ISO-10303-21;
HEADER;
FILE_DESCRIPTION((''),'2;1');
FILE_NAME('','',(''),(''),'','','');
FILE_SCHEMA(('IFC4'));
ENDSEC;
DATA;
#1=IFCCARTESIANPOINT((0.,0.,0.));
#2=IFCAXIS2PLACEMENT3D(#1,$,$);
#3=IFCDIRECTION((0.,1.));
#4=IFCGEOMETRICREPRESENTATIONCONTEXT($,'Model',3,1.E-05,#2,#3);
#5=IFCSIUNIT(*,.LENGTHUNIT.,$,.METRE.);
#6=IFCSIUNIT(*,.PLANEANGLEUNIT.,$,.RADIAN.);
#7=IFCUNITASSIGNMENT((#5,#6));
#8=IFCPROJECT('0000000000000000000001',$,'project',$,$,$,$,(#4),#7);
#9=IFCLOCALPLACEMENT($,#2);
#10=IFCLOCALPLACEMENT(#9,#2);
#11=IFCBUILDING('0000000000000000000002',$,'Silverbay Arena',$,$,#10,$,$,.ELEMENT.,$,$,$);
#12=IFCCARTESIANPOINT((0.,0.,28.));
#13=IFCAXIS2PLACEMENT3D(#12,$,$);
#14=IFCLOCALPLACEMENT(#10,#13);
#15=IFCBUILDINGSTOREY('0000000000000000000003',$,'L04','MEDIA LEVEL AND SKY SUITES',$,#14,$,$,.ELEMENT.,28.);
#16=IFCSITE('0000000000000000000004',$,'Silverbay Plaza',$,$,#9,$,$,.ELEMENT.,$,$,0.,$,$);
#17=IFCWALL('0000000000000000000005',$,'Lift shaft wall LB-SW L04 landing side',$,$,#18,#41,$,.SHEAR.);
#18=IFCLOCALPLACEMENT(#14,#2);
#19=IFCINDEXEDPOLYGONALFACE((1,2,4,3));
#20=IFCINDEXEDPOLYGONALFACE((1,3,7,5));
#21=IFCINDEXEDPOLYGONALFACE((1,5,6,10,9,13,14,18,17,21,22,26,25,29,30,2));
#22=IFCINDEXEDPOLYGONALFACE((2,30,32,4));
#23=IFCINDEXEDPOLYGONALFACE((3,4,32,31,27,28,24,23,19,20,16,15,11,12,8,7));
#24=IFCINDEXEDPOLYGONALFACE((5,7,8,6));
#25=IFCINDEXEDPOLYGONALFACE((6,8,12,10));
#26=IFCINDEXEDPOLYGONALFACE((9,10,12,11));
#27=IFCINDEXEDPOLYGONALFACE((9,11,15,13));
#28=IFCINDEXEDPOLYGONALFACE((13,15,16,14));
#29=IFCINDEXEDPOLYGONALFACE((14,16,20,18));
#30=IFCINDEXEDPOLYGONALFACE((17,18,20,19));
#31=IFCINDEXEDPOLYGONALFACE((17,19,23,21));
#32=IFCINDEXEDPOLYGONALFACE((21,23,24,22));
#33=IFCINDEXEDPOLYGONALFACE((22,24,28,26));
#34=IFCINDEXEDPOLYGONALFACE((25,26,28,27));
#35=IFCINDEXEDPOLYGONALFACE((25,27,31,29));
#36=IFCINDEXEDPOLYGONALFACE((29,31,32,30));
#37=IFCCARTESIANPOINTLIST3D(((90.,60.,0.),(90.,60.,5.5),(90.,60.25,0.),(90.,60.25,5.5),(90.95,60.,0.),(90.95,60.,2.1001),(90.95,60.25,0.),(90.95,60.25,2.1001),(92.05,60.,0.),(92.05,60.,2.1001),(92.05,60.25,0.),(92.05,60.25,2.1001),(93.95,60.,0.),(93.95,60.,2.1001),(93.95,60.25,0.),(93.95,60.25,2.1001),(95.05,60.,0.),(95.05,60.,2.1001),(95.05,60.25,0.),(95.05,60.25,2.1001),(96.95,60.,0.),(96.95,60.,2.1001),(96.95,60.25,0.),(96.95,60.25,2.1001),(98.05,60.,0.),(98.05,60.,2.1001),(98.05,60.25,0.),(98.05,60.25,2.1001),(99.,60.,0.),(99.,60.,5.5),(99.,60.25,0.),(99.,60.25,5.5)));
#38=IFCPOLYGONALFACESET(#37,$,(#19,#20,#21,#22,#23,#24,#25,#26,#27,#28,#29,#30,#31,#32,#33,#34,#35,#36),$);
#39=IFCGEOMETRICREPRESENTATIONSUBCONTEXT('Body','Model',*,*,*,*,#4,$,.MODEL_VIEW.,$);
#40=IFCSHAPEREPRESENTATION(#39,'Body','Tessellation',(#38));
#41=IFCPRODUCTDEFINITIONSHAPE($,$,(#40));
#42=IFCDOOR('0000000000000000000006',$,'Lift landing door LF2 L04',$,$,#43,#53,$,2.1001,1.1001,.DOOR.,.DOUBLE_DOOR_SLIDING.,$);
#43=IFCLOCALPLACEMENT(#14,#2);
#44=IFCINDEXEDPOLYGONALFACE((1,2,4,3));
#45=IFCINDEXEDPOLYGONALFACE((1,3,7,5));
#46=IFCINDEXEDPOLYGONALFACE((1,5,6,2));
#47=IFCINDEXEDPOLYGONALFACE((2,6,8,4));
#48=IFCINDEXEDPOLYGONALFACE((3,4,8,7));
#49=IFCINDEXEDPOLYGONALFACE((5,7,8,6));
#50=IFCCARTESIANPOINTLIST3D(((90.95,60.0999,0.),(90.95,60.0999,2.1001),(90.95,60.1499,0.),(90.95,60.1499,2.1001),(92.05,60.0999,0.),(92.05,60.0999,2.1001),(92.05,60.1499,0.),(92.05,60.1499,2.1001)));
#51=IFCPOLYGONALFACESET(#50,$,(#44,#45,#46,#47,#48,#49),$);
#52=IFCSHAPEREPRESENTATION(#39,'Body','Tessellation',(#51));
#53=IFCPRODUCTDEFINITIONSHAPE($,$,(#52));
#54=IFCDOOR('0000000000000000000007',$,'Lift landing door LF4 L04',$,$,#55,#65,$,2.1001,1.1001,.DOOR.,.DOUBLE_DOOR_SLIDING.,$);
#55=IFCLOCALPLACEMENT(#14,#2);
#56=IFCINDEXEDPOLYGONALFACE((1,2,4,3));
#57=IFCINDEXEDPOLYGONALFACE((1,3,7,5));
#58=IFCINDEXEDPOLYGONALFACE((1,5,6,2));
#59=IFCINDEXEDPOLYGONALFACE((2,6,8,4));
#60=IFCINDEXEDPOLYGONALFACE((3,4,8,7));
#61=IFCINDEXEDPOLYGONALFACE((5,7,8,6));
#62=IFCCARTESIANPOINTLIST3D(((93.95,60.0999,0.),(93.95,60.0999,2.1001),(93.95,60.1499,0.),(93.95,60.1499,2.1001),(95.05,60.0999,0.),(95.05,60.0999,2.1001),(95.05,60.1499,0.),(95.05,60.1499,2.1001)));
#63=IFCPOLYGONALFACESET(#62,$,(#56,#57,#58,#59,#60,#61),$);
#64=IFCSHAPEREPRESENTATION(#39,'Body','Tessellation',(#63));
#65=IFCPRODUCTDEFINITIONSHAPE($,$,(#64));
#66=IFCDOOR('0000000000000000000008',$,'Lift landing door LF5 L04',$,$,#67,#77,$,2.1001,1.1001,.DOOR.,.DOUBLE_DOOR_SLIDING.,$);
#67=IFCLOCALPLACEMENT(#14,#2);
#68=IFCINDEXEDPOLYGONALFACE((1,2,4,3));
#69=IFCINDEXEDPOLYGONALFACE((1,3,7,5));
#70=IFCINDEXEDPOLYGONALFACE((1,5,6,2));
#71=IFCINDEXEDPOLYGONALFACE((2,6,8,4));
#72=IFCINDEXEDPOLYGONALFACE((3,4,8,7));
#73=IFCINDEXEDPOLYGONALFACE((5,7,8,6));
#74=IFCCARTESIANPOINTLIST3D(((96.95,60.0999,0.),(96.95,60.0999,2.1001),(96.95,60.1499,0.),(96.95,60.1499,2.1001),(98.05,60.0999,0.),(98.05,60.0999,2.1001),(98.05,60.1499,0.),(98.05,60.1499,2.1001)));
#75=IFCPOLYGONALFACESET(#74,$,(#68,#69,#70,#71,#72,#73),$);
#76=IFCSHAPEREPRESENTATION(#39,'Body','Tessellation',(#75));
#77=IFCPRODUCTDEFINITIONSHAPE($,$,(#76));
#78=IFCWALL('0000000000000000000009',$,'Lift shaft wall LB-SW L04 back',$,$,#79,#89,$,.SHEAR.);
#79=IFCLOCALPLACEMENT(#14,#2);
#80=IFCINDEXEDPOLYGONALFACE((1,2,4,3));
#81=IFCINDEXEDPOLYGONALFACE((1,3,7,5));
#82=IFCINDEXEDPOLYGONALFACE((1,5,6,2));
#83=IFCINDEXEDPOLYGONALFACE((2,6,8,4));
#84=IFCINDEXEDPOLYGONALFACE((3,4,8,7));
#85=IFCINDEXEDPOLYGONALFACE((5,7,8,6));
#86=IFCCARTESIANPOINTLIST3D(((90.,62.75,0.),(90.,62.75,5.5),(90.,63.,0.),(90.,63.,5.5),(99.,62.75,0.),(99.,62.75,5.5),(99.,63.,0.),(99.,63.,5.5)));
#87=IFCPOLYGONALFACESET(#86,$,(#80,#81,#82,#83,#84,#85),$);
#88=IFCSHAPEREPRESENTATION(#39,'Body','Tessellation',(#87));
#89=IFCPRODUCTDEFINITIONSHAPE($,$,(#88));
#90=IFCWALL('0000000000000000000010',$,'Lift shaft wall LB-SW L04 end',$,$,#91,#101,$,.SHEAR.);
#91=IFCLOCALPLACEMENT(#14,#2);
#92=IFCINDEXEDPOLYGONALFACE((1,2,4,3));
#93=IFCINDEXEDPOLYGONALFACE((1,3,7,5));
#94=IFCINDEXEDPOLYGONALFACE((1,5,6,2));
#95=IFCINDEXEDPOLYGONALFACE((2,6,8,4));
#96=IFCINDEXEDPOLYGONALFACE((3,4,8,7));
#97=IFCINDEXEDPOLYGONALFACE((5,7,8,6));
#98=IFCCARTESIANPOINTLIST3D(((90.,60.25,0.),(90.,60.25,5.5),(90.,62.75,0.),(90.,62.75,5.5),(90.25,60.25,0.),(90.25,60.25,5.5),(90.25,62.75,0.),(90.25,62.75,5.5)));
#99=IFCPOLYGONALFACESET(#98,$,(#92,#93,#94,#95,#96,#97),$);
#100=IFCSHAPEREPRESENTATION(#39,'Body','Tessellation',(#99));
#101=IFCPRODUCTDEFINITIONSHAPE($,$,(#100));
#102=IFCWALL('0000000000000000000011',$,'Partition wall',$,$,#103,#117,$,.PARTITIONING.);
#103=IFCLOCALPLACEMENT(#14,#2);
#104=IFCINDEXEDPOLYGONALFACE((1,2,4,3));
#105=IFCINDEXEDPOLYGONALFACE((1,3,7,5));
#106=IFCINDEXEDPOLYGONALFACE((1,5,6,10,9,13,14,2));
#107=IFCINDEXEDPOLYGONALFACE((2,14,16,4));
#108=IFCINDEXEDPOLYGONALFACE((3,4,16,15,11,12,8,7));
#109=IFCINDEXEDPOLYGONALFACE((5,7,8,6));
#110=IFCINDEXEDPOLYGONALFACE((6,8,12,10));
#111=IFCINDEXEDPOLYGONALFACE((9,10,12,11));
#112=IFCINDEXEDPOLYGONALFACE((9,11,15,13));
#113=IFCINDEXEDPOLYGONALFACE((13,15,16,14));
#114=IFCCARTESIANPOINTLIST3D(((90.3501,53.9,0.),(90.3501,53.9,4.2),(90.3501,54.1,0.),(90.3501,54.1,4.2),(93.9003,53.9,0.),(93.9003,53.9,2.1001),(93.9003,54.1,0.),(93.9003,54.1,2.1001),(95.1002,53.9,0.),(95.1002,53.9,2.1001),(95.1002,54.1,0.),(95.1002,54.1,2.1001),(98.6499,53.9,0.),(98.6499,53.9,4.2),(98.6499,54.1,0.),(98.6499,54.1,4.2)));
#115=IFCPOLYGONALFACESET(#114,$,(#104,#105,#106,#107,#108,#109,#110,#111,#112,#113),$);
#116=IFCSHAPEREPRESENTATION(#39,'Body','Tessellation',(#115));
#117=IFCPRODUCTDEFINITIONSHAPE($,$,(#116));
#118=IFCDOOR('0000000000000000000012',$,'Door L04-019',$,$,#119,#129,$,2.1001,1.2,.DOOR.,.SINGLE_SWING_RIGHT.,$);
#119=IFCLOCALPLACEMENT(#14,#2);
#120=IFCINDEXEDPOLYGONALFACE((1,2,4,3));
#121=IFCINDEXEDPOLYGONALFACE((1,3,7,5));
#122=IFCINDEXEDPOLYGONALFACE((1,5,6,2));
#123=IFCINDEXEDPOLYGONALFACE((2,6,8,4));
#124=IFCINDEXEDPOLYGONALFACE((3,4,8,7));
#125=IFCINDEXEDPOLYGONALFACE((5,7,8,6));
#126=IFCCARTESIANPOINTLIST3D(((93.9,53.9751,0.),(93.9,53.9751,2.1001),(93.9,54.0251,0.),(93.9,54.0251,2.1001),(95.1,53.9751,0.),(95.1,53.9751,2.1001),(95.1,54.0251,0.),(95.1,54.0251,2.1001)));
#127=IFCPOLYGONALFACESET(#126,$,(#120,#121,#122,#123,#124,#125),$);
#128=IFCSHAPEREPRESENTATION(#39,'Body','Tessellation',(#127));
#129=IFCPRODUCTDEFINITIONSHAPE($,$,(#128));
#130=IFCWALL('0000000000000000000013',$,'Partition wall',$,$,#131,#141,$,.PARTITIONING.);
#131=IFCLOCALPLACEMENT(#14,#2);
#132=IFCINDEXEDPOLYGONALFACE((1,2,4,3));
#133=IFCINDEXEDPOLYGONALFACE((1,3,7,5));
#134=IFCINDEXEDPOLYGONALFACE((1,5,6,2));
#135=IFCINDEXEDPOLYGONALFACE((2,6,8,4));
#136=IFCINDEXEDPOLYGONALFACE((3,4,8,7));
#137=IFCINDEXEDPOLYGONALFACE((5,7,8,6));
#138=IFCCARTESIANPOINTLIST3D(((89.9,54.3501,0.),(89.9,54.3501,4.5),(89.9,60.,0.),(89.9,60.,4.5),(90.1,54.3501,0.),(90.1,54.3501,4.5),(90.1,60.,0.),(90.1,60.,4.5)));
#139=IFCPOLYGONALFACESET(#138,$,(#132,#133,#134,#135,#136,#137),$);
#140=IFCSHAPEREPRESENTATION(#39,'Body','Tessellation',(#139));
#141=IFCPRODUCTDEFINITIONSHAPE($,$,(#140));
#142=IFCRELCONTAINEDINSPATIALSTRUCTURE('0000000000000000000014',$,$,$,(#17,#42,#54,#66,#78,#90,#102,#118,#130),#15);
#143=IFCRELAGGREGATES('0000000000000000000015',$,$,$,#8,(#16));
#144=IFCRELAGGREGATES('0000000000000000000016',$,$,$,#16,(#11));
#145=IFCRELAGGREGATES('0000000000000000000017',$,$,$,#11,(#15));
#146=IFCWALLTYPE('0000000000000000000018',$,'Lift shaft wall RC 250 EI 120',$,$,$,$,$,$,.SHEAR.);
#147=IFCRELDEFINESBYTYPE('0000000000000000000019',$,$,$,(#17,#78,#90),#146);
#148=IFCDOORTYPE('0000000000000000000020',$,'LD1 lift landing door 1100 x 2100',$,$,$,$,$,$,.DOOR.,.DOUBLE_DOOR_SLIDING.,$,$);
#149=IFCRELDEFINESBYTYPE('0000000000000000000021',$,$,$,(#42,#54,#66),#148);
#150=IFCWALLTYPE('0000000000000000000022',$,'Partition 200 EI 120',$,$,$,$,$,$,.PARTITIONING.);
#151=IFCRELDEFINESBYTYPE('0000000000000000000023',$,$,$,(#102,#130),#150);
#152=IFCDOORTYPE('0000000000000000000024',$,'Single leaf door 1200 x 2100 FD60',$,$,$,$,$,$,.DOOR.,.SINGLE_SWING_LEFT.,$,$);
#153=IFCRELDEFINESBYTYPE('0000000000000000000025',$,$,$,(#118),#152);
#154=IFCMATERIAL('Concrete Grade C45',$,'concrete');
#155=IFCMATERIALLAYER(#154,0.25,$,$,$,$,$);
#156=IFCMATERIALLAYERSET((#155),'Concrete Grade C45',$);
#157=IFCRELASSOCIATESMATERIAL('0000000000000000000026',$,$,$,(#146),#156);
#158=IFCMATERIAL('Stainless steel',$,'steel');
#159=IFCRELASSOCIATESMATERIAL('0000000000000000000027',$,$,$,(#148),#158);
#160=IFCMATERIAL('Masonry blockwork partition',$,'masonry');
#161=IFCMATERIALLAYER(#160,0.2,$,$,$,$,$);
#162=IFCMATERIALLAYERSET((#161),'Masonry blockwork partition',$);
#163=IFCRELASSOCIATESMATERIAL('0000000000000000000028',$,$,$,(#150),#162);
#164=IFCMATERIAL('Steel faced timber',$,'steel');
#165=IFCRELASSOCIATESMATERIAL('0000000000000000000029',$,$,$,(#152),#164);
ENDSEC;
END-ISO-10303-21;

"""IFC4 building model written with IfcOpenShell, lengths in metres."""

from ifc_helpers import new_model, si_unit, direction, frame, frame_2d, origin, place, context, subcontext, project, spatial, rectangle, extrude, material, layer, layer_set, type_object, element, fill, save


model = new_model("IFC4")

# Units and contexts
model_context = context("Model", 3, precision=1e-05, world=origin(), true_north=direction((0.0, 1.0)))
body_context = subcontext(model_context, "Body", "Model", "MODEL_VIEW")
ifc_project = project(units=[si_unit("LENGTHUNIT", "METRE"), si_unit("PLANEANGLEUNIT", "RADIAN")], contexts=[model_context])

# Site, building, storey
site_placement = place(None, origin())
site = spatial("IfcSite", under=ifc_project, at=site_placement, Name="Silverbay Plaza", CompositionType="ELEMENT", RefElevation=0.0)
building_placement = place(site_placement, origin())
building = spatial("IfcBuilding", under=site, at=building_placement, Name="Silverbay Arena", CompositionType="ELEMENT")
storey_placement = place(building_placement, frame((0.0, 0.0, 28.0)))
storey = spatial("IfcBuildingStorey", under=building, at=storey_placement, Name="L04", Description="MEDIA LEVEL AND SKY SUITES", CompositionType="ELEMENT", Elevation=28.0)

# Wall, openings, doors
ifc_material_1 = material(Name="Concrete Grade C45", Category="concrete")
ifc_layer_1 = layer(ifc_material_1, 0.25)
ifc_layer_set_1 = layer_set([ifc_layer_1], Name="Concrete Grade C45")
wall_type_1 = type_object("IfcWallType", Name="Lift shaft wall RC 250 EI 120", PredefinedType="SHEAR", material=ifc_layer_set_1)
wall_1_placement = place(storey_placement, frame((90.0, 60.125, 0.0), z_axis=(0.0, 0.0, 1.0), x_axis=(1.0, 0.0, 0.0)))
wall_1 = element("IfcWall", 1, at=wall_1_placement, inside=storey, type_object=wall_type_1, Name="Lift shaft wall LB-SW L04 landing side", PredefinedType="SHEAR", context=body_context, shape_type="SweptSolid", body=[
    extrude(rectangle(XDim=9.0, YDim=0.25, at=frame_2d((4.5, 0.0))), origin(), (0.0, 0.0, 1.0), 5.5),
])
opening_1_placement = place(wall_1_placement, frame((0.95, 0.0, 0.0)))
opening_1 = element("IfcOpeningElement", 2, at=opening_1_placement, cuts=wall_1, PredefinedType="OPENING", context=body_context, shape_type="SweptSolid", body=[
    extrude(rectangle(XDim=1.1001, YDim=2.1001, at=frame_2d((0.55, 1.05))), frame((0.0, 0.135, 0.0), z_axis=(0.0, -1.0, 0.0), x_axis=(1.0, 0.0, 0.0)), (0.0, 0.0, 1.0), 0.27),
])
opening_2_placement = place(wall_1_placement, frame((3.95, 0.0, 0.0)))
opening_2 = element("IfcOpeningElement", 3, at=opening_2_placement, cuts=wall_1, PredefinedType="OPENING", context=body_context, shape_type="SweptSolid", body=[
    extrude(rectangle(XDim=1.1001, YDim=2.1001, at=frame_2d((0.55, 1.05))), frame((0.0, 0.135, 0.0), z_axis=(0.0, -1.0, 0.0), x_axis=(1.0, 0.0, 0.0)), (0.0, 0.0, 1.0), 0.27),
])
opening_3_placement = place(wall_1_placement, frame((6.95, 0.0, 0.0)))
opening_3 = element("IfcOpeningElement", 4, at=opening_3_placement, cuts=wall_1, PredefinedType="OPENING", context=body_context, shape_type="SweptSolid", body=[
    extrude(rectangle(XDim=1.1001, YDim=2.1001, at=frame_2d((0.55, 1.05))), frame((0.0, 0.135, 0.0), z_axis=(0.0, -1.0, 0.0), x_axis=(1.0, 0.0, 0.0)), (0.0, 0.0, 1.0), 0.27),
])
ifc_material_2 = material(Name="Stainless steel", Category="steel")
door_type_1 = type_object("IfcDoorType", Name="LD1 lift landing door 1100 x 2100", OperationType="DOUBLE_DOOR_SLIDING", PredefinedType="DOOR", material=ifc_material_2)
door_1_placement = place(opening_1_placement, origin())
door_1 = element("IfcDoor", 5, at=door_1_placement, inside=storey, type_object=door_type_1, Name="Lift landing door LF2 L04", OperationType="DOUBLE_DOOR_SLIDING", OverallHeight=2.1001, OverallWidth=1.1001, PredefinedType="DOOR", context=body_context, shape_type="SweptSolid", body=[
    extrude(rectangle(XDim=1.1001, YDim=2.1001, at=frame_2d((0.55, 1.05))), frame((0.0, 0.0249, 0.0), z_axis=(0.0, -1.0, 0.0), x_axis=(1.0, 0.0, 0.0)), (0.0, 0.0, 1.0), 0.05),
])
fill(opening_1, door_1)
door_2_placement = place(opening_2_placement, origin())
door_2 = element("IfcDoor", 6, at=door_2_placement, inside=storey, type_object=door_type_1, Name="Lift landing door LF4 L04", OperationType="DOUBLE_DOOR_SLIDING", OverallHeight=2.1001, OverallWidth=1.1001, PredefinedType="DOOR", context=body_context, shape_type="SweptSolid", body=[
    extrude(rectangle(XDim=1.1001, YDim=2.1001, at=frame_2d((0.55, 1.05))), frame((0.0, 0.0249, 0.0), z_axis=(0.0, -1.0, 0.0), x_axis=(1.0, 0.0, 0.0)), (0.0, 0.0, 1.0), 0.05),
])
fill(opening_2, door_2)
door_3_placement = place(opening_3_placement, origin())
door_3 = element("IfcDoor", 7, at=door_3_placement, inside=storey, type_object=door_type_1, Name="Lift landing door LF5 L04", OperationType="DOUBLE_DOOR_SLIDING", OverallHeight=2.1001, OverallWidth=1.1001, PredefinedType="DOOR", context=body_context, shape_type="SweptSolid", body=[
    extrude(rectangle(XDim=1.1001, YDim=2.1001, at=frame_2d((0.55, 1.05))), frame((0.0, 0.0249, 0.0), z_axis=(0.0, -1.0, 0.0), x_axis=(1.0, 0.0, 0.0)), (0.0, 0.0, 1.0), 0.05),
])
fill(opening_3, door_3)

# Walls
wall_2_placement = place(storey_placement, frame((90.0, 62.875, 0.0), z_axis=(0.0, 0.0, 1.0), x_axis=(1.0, 0.0, 0.0)))
element("IfcWall", 8, at=wall_2_placement, inside=storey, type_object=wall_type_1, Name="Lift shaft wall LB-SW L04 back", PredefinedType="SHEAR", context=body_context, shape_type="SweptSolid", body=[
    extrude(rectangle(XDim=9.0, YDim=0.25, at=frame_2d((4.5, 0.0))), origin(), (0.0, 0.0, 1.0), 5.5),
])
wall_3_placement = place(storey_placement, frame((90.125, 60.25, 0.0), z_axis=(0.0, 0.0, 1.0), x_axis=(0.0, 1.0, 0.0)))
element("IfcWall", 9, at=wall_3_placement, inside=storey, type_object=wall_type_1, Name="Lift shaft wall LB-SW L04 end", PredefinedType="SHEAR", context=body_context, shape_type="SweptSolid", body=[
    extrude(rectangle(XDim=2.5, YDim=0.25, at=frame_2d((1.25, 0.0))), origin(), (0.0, 0.0, 1.0), 5.5),
])

# Wall, opening, door
ifc_material_3 = material(Name="Masonry blockwork partition", Category="masonry")
ifc_layer_2 = layer(ifc_material_3, 0.2)
ifc_layer_set_2 = layer_set([ifc_layer_2], Name="Masonry blockwork partition")
wall_type_2 = type_object("IfcWallType", Name="Partition 200 EI 120", PredefinedType="PARTITIONING", material=ifc_layer_set_2)
wall_4_placement = place(storey_placement, frame((90.3501, 54.0, 0.0), z_axis=(0.0, 0.0, 1.0), x_axis=(1.0, 0.0, 0.0)))
wall_4 = element("IfcWall", 10, at=wall_4_placement, inside=storey, type_object=wall_type_2, Name="Partition wall", PredefinedType="PARTITIONING", context=body_context, shape_type="SweptSolid", body=[
    extrude(rectangle(XDim=8.2998, YDim=0.2, at=frame_2d((4.1499, 0.0))), origin(), (0.0, 0.0, 1.0), 4.2),
])
opening_4_placement = place(wall_4_placement, frame((3.55, 0.0, 0.0)))
opening_4 = element("IfcOpeningElement", 11, at=opening_4_placement, cuts=wall_4, PredefinedType="OPENING", context=body_context, shape_type="SweptSolid", body=[
    extrude(rectangle(XDim=1.2, YDim=2.1001, at=frame_2d((0.6001, 1.05))), frame((0.0, 0.1099, 0.0), z_axis=(0.0, -1.0, 0.0), x_axis=(1.0, 0.0, 0.0)), (0.0, 0.0, 1.0), 0.22),
])
ifc_material_4 = material(Name="Steel faced timber", Category="steel")
door_type_2 = type_object("IfcDoorType", Name="Single leaf door 1200 x 2100 FD60", OperationType="SINGLE_SWING_LEFT", PredefinedType="DOOR", material=ifc_material_4)
door_4_placement = place(opening_4_placement, frame((1.2, 0.0, 0.0), z_axis=(0.0, 0.0, 1.0), x_axis=(-1.0, 0.0, 0.0)))
door_4 = element("IfcDoor", 12, at=door_4_placement, inside=storey, type_object=door_type_2, Name="Door L04-019", OperationType="SINGLE_SWING_RIGHT", OverallHeight=2.1001, OverallWidth=1.2, PredefinedType="DOOR", context=body_context, shape_type="SweptSolid", body=[
    extrude(rectangle(XDim=1.2, YDim=2.1001, at=frame_2d((0.6001, 1.05))), frame((0.0, 0.0249, 0.0), z_axis=(0.0, -1.0, 0.0), x_axis=(1.0, 0.0, 0.0)), (0.0, 0.0, 1.0), 0.05),
])
fill(opening_4, door_4)

# Wall
wall_5_placement = place(storey_placement, frame((90.0, 54.3501, 0.0), z_axis=(0.0, 0.0, 1.0), x_axis=(0.0, 1.0, 0.0)))
element("IfcWall", 13, at=wall_5_placement, inside=storey, type_object=wall_type_2, Name="Partition wall", PredefinedType="PARTITIONING", context=body_context, shape_type="SweptSolid", body=[
    extrude(rectangle(XDim=5.6499, YDim=0.2, at=frame_2d((2.825, 0.0))), origin(), (0.0, 0.0, 1.0), 4.5),
])

save(model, "model.ifc")
